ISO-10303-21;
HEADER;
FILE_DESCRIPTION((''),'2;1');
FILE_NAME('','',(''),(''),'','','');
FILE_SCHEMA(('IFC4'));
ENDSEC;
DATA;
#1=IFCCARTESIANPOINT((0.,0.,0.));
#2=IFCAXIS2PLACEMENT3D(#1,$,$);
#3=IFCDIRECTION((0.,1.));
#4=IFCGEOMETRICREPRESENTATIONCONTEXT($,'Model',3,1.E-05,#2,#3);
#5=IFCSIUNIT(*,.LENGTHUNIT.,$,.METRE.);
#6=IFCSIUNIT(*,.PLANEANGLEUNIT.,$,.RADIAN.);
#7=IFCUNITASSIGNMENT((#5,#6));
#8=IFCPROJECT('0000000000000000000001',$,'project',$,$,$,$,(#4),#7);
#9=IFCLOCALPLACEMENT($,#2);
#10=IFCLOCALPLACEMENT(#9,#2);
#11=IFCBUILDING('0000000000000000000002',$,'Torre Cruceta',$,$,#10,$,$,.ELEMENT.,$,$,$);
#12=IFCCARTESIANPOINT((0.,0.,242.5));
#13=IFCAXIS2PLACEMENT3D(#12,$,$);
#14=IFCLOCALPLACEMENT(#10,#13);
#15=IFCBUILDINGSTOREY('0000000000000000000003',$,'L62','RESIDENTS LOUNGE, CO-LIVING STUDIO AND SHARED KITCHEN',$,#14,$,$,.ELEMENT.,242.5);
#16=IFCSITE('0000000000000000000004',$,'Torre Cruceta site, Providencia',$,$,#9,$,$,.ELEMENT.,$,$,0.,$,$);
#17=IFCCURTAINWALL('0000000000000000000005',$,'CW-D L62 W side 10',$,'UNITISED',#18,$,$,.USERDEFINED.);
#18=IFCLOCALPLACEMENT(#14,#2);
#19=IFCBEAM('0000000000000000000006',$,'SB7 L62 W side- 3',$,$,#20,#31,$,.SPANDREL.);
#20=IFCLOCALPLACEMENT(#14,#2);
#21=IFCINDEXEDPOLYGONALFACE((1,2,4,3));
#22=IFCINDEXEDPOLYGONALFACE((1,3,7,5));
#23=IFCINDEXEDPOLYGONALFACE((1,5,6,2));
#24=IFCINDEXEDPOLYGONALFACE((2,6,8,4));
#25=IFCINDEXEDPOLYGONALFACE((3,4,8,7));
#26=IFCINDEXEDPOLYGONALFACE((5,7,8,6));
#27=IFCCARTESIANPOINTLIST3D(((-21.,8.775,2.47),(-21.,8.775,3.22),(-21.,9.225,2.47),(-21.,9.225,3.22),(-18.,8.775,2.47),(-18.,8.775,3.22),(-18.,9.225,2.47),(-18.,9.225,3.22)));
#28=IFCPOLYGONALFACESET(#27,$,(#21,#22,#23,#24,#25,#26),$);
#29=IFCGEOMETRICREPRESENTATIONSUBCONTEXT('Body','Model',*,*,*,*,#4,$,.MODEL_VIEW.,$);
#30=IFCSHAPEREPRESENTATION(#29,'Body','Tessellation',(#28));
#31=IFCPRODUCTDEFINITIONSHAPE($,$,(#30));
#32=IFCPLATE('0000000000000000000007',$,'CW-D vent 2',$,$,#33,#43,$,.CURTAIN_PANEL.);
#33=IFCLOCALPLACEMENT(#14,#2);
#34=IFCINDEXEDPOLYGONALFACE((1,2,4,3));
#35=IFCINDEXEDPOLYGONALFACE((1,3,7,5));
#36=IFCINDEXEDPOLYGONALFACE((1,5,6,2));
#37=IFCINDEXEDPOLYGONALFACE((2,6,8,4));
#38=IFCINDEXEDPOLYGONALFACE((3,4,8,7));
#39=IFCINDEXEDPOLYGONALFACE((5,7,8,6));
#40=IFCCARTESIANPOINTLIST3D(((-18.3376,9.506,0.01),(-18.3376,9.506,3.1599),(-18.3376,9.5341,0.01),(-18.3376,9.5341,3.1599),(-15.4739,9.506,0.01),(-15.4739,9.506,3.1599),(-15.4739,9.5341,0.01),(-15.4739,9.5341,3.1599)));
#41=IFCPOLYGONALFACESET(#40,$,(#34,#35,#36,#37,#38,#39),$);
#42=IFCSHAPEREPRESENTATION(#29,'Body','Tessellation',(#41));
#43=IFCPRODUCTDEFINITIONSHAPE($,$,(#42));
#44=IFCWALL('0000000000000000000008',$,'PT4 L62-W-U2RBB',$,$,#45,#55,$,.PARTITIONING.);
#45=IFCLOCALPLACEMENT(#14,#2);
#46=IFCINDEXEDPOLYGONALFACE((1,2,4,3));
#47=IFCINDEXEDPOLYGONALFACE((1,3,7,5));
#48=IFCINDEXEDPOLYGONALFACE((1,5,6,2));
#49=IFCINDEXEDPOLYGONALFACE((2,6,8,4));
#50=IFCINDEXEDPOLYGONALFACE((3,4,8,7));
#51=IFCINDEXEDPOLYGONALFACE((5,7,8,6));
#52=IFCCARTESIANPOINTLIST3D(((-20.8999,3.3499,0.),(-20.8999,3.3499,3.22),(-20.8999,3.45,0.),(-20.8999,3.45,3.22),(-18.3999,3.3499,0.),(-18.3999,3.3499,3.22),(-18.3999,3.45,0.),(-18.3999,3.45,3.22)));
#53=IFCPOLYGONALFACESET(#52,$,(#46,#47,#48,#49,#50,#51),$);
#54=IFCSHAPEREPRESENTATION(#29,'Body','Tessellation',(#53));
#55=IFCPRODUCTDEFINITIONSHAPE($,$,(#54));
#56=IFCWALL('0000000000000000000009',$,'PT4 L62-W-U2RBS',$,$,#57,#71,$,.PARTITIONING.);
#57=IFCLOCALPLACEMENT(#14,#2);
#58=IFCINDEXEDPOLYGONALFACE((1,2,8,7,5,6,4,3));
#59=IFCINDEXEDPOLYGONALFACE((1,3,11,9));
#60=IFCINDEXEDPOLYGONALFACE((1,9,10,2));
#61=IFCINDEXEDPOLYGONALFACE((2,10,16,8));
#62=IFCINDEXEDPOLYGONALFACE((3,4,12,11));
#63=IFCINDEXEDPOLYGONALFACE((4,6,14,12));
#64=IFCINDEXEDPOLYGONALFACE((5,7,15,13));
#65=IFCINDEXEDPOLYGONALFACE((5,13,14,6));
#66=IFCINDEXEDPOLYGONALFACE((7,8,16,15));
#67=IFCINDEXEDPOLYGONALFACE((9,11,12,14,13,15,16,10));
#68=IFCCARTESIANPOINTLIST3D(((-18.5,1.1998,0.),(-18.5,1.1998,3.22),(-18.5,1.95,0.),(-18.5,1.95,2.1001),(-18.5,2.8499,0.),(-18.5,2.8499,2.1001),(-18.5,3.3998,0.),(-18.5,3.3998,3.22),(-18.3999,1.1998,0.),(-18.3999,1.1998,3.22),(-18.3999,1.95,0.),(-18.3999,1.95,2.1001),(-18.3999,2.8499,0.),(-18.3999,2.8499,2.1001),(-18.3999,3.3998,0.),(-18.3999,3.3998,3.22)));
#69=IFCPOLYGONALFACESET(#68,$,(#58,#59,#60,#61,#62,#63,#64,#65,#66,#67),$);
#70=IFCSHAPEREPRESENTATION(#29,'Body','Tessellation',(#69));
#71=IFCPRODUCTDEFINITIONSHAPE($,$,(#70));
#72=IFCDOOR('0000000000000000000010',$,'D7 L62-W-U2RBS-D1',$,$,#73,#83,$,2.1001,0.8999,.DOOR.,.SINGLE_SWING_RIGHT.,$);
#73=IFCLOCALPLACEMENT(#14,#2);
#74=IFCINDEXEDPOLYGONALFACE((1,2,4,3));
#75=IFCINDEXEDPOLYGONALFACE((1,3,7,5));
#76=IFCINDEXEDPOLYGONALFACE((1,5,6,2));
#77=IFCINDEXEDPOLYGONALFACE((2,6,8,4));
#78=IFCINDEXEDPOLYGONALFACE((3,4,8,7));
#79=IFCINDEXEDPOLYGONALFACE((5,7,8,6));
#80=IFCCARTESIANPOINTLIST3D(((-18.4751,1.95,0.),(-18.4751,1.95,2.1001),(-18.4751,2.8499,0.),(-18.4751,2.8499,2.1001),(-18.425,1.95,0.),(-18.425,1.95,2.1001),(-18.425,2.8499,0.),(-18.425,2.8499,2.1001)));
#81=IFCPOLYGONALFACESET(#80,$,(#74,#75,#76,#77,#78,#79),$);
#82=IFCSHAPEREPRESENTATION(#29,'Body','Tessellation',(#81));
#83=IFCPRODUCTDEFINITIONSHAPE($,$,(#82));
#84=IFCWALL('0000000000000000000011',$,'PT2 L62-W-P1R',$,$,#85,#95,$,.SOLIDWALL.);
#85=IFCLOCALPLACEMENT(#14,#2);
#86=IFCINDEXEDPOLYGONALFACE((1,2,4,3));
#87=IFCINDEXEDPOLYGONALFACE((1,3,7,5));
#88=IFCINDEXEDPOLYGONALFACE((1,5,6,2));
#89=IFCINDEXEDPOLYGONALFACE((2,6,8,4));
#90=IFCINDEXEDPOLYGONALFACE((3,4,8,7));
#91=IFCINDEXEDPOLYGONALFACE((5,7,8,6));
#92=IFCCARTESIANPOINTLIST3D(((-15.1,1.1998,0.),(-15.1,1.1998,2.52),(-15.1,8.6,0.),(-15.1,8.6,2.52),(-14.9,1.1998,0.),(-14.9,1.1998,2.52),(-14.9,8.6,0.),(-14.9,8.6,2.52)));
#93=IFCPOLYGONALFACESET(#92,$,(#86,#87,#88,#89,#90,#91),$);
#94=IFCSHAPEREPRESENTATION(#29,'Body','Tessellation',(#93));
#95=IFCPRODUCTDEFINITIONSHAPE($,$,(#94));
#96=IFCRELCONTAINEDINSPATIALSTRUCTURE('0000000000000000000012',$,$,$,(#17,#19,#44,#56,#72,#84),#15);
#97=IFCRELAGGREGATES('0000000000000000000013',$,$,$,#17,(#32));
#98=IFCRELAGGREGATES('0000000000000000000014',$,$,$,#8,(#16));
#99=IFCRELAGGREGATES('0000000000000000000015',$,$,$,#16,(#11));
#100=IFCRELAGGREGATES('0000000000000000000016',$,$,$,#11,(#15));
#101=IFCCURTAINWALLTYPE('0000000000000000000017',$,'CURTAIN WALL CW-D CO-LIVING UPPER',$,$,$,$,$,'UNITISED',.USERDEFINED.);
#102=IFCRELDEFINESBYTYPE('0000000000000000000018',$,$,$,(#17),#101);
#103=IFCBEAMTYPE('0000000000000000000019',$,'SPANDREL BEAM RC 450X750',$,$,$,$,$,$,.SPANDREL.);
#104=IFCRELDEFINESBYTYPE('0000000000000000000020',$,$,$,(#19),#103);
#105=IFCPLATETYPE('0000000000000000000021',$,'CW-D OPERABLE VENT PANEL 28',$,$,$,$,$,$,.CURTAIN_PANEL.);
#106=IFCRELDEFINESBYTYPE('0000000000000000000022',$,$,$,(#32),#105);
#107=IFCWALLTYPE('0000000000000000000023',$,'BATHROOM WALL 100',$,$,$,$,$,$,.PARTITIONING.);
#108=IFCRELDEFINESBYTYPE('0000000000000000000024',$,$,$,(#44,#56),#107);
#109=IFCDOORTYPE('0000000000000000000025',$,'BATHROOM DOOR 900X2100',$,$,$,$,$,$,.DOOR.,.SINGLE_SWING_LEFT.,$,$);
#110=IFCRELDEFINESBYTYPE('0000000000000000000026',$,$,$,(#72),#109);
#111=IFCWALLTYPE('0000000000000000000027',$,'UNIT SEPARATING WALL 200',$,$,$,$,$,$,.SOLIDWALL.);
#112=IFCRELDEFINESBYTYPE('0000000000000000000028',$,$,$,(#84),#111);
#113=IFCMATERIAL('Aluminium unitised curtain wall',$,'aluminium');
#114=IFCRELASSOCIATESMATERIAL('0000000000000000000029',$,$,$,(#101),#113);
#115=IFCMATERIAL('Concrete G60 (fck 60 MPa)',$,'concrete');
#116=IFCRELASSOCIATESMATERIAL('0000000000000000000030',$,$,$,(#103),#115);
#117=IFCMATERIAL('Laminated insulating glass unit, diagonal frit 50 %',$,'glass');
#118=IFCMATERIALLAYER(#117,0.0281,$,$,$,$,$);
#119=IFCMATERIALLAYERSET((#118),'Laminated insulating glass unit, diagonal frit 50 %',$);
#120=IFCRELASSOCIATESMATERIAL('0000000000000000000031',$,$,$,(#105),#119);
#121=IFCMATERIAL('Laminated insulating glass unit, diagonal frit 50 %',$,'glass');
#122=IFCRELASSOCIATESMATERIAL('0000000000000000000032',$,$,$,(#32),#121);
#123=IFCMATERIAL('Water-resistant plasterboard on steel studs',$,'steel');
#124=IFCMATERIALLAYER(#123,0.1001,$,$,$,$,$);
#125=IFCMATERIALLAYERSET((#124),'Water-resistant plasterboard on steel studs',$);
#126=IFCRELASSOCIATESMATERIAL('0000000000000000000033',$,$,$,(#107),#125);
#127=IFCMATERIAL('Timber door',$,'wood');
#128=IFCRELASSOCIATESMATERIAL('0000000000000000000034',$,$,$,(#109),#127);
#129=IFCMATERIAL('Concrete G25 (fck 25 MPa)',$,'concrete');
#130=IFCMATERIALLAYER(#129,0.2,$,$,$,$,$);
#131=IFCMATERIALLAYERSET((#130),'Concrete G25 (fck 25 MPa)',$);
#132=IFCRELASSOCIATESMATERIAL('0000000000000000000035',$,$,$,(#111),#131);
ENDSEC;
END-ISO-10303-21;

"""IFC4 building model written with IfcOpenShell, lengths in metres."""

from ifc_helpers import new_model, si_unit, direction, frame, frame_2d, origin, origin_2d, place, context, subcontext, project, spatial, rectangle, extrude, material, layer, layer_set, material_profile, profile_set, type_object, element, fill, aggregate, save


model = new_model("IFC4")

# Units and contexts
model_context = context("Model", 3, precision=1e-05, world=origin(), true_north=direction((0.0, 1.0)))
body_context = subcontext(model_context, "Body", "Model", "MODEL_VIEW")
ifc_project = project(units=[si_unit("LENGTHUNIT", "METRE"), si_unit("PLANEANGLEUNIT", "RADIAN")], contexts=[model_context])

# Site, building, storey
site_placement = place(None, origin())
site = spatial("IfcSite", under=ifc_project, at=site_placement, Name="Torre Cruceta site, Providencia", CompositionType="ELEMENT", RefElevation=0.0)
building_placement = place(site_placement, origin())
building = spatial("IfcBuilding", under=site, at=building_placement, Name="Torre Cruceta", CompositionType="ELEMENT")
storey_placement = place(building_placement, frame((0.0, 0.0, 242.5)))
storey = spatial("IfcBuildingStorey", under=building, at=storey_placement, Name="L62", Description="RESIDENTS LOUNGE, CO-LIVING STUDIO AND SHARED KITCHEN", CompositionType="ELEMENT", Elevation=242.5)

# Curtain wall
ifc_material_1 = material(Name="Aluminium unitised curtain wall", Category="aluminium")
curtain_wall_type = type_object("IfcCurtainWallType", Name="CURTAIN WALL CW-D CO-LIVING UPPER", ElementType="UNITISED", PredefinedType="USERDEFINED", material=ifc_material_1)
curtain_wall_placement = place(storey_placement, origin())
curtain_wall = element("IfcCurtainWall", 1, at=curtain_wall_placement, inside=storey, type_object=curtain_wall_type, Name="CW-D L62 W side 10", ObjectType="UNITISED", PredefinedType="USERDEFINED")

# Beam
ifc_material_2 = material(Name="Concrete G60 (fck 60 MPa)", Category="concrete")
ifc_material_profile_1 = material_profile(ifc_material_2, rectangle(XDim=0.45, YDim=0.75, at=origin_2d()), Name="RC 450X750")
ifc_profile_set_1 = profile_set([ifc_material_profile_1], Name="Concrete G60 (fck 60 MPa)")
beam_type_1 = type_object("IfcBeamType", Name="SPANDREL BEAM RC 450X750", PredefinedType="SPANDREL", material=ifc_profile_set_1)
for number, where, z_axis, x_axis, name in (
    (2, (-18.0, 9.0, 2.845), (-1.0, 0.0, 0.0), (0.0, -1.0, 0.0), "SB7 L62 W side- 3"),
):
    element("IfcBeam", number, at=place(storey_placement, frame(where, z_axis=z_axis, x_axis=x_axis)), inside=storey, type_object=beam_type_1, Name=name, PredefinedType="SPANDREL", context=body_context, shape_type="SweptSolid", body=[
        extrude(rectangle(XDim=0.45, YDim=0.75, at=origin_2d()), origin(), (0.0, 0.0, 1.0), 3.0),
    ])

# Plate
ifc_material_3 = material(Name="Laminated insulating glass unit, diagonal frit 50 %", Category="glass")
ifc_material_4 = material(Name="Laminated insulating glass unit, diagonal frit 50 %", Category="glass")
ifc_layer_1 = layer(ifc_material_4, 0.0281)
ifc_layer_set_1 = layer_set([ifc_layer_1], Name="Laminated insulating glass unit, diagonal frit 50 %")
plate_type = type_object("IfcPlateType", Name="CW-D OPERABLE VENT PANEL 28", PredefinedType="CURTAIN_PANEL", material=ifc_layer_set_1)
plate_placement = place(storey_placement, frame((-16.9058, 9.52, 0.01), z_axis=(0.0, 0.0, 1.0), x_axis=(-1.0, 0.0, 0.0)))
plate = element("IfcPlate", 3, at=plate_placement, type_object=plate_type, material=ifc_material_3, Name="CW-D vent 2", PredefinedType="CURTAIN_PANEL", context=body_context, shape_type="SweptSolid", body=[
    extrude(rectangle(XDim=2.8638, YDim=0.0281, at=origin_2d()), origin(), (0.0, 0.0, 1.0), 3.1499),
])
aggregate(curtain_wall, [plate])

# Wall
ifc_material_5 = material(Name="Water-resistant plasterboard on steel studs", Category="steel")
ifc_layer_2 = layer(ifc_material_5, 0.1001)
ifc_layer_set_2 = layer_set([ifc_layer_2], Name="Water-resistant plasterboard on steel studs")
wall_type_1 = type_object("IfcWallType", Name="BATHROOM WALL 100", PredefinedType="PARTITIONING", material=ifc_layer_set_2)
wall_1_placement = place(storey_placement, frame((-18.3999, 3.3999, 0.0), z_axis=(0.0, 0.0, 1.0), x_axis=(-1.0, 0.0, 0.0)))
element("IfcWall", 4, at=wall_1_placement, inside=storey, type_object=wall_type_1, Name="PT4 L62-W-U2RBB", PredefinedType="PARTITIONING", context=body_context, shape_type="SweptSolid", body=[
    extrude(rectangle(XDim=2.5, YDim=0.1001, at=frame_2d((1.25, 0.0))), origin(), (0.0, 0.0, 1.0), 3.22),
])

# Wall, opening, door
wall_2_placement = place(storey_placement, frame((-18.45, 3.3999, 0.0), z_axis=(0.0, 0.0, 1.0), x_axis=(0.0, -1.0, 0.0)))
wall_2 = element("IfcWall", 5, at=wall_2_placement, inside=storey, type_object=wall_type_1, Name="PT4 L62-W-U2RBS", PredefinedType="PARTITIONING", context=body_context, shape_type="SweptSolid", body=[
    extrude(rectangle(XDim=2.2, YDim=0.1001, at=frame_2d((1.1001, 0.0))), origin(), (0.0, 0.0, 1.0), 3.22),
])
opening_placement = place(wall_2_placement, frame((0.55, 0.0, 0.0)))
opening = element("IfcOpeningElement", 6, at=opening_placement, cuts=wall_2, PredefinedType="OPENING", context=body_context, shape_type="SweptSolid", body=[
    extrude(rectangle(XDim=0.8999, YDim=2.1001, at=frame_2d((0.45, 1.05))), frame((0.0, 0.0601, 0.0), z_axis=(0.0, -1.0, 0.0), x_axis=(1.0, 0.0, 0.0)), (0.0, 0.0, 1.0), 0.1201),
])
ifc_material_6 = material(Name="Timber door", Category="wood")
door_type = type_object("IfcDoorType", Name="BATHROOM DOOR 900X2100", OperationType="SINGLE_SWING_LEFT", PredefinedType="DOOR", material=ifc_material_6)
door_placement = place(opening_placement, frame((0.8999, 0.0, 0.0), z_axis=(0.0, 0.0, 1.0), x_axis=(-1.0, 0.0, 0.0)))
door = element("IfcDoor", 7, at=door_placement, inside=storey, type_object=door_type, Name="D7 L62-W-U2RBS-D1", OperationType="SINGLE_SWING_RIGHT", OverallHeight=2.1001, OverallWidth=0.8999, PredefinedType="DOOR", context=body_context, shape_type="SweptSolid", body=[
    extrude(rectangle(XDim=0.8999, YDim=2.1001, at=frame_2d((0.45, 1.05))), frame((0.0, 0.0251, 0.0), z_axis=(0.0, -1.0, 0.0), x_axis=(1.0, 0.0, 0.0)), (0.0, 0.0, 1.0), 0.05),
])
fill(opening, door)

# Wall
ifc_material_7 = material(Name="Concrete G25 (fck 25 MPa)", Category="concrete")
ifc_layer_3 = layer(ifc_material_7, 0.2)
ifc_layer_set_3 = layer_set([ifc_layer_3], Name="Concrete G25 (fck 25 MPa)")
wall_type_2 = type_object("IfcWallType", Name="UNIT SEPARATING WALL 200", PredefinedType="SOLIDWALL", material=ifc_layer_set_3)
wall_3_placement = place(storey_placement, frame((-15.0, 8.6001, 0.0), z_axis=(0.0, 0.0, 1.0), x_axis=(0.0, -1.0, 0.0)))
element("IfcWall", 8, at=wall_3_placement, inside=storey, type_object=wall_type_2, Name="PT2 L62-W-P1R", PredefinedType="SOLIDWALL", context=body_context, shape_type="SweptSolid", body=[
    extrude(rectangle(XDim=7.4001, YDim=0.2, at=frame_2d((3.7002, 0.0))), origin(), (0.0, 0.0, 1.0), 2.52),
])

save(model, "model.ifc")
